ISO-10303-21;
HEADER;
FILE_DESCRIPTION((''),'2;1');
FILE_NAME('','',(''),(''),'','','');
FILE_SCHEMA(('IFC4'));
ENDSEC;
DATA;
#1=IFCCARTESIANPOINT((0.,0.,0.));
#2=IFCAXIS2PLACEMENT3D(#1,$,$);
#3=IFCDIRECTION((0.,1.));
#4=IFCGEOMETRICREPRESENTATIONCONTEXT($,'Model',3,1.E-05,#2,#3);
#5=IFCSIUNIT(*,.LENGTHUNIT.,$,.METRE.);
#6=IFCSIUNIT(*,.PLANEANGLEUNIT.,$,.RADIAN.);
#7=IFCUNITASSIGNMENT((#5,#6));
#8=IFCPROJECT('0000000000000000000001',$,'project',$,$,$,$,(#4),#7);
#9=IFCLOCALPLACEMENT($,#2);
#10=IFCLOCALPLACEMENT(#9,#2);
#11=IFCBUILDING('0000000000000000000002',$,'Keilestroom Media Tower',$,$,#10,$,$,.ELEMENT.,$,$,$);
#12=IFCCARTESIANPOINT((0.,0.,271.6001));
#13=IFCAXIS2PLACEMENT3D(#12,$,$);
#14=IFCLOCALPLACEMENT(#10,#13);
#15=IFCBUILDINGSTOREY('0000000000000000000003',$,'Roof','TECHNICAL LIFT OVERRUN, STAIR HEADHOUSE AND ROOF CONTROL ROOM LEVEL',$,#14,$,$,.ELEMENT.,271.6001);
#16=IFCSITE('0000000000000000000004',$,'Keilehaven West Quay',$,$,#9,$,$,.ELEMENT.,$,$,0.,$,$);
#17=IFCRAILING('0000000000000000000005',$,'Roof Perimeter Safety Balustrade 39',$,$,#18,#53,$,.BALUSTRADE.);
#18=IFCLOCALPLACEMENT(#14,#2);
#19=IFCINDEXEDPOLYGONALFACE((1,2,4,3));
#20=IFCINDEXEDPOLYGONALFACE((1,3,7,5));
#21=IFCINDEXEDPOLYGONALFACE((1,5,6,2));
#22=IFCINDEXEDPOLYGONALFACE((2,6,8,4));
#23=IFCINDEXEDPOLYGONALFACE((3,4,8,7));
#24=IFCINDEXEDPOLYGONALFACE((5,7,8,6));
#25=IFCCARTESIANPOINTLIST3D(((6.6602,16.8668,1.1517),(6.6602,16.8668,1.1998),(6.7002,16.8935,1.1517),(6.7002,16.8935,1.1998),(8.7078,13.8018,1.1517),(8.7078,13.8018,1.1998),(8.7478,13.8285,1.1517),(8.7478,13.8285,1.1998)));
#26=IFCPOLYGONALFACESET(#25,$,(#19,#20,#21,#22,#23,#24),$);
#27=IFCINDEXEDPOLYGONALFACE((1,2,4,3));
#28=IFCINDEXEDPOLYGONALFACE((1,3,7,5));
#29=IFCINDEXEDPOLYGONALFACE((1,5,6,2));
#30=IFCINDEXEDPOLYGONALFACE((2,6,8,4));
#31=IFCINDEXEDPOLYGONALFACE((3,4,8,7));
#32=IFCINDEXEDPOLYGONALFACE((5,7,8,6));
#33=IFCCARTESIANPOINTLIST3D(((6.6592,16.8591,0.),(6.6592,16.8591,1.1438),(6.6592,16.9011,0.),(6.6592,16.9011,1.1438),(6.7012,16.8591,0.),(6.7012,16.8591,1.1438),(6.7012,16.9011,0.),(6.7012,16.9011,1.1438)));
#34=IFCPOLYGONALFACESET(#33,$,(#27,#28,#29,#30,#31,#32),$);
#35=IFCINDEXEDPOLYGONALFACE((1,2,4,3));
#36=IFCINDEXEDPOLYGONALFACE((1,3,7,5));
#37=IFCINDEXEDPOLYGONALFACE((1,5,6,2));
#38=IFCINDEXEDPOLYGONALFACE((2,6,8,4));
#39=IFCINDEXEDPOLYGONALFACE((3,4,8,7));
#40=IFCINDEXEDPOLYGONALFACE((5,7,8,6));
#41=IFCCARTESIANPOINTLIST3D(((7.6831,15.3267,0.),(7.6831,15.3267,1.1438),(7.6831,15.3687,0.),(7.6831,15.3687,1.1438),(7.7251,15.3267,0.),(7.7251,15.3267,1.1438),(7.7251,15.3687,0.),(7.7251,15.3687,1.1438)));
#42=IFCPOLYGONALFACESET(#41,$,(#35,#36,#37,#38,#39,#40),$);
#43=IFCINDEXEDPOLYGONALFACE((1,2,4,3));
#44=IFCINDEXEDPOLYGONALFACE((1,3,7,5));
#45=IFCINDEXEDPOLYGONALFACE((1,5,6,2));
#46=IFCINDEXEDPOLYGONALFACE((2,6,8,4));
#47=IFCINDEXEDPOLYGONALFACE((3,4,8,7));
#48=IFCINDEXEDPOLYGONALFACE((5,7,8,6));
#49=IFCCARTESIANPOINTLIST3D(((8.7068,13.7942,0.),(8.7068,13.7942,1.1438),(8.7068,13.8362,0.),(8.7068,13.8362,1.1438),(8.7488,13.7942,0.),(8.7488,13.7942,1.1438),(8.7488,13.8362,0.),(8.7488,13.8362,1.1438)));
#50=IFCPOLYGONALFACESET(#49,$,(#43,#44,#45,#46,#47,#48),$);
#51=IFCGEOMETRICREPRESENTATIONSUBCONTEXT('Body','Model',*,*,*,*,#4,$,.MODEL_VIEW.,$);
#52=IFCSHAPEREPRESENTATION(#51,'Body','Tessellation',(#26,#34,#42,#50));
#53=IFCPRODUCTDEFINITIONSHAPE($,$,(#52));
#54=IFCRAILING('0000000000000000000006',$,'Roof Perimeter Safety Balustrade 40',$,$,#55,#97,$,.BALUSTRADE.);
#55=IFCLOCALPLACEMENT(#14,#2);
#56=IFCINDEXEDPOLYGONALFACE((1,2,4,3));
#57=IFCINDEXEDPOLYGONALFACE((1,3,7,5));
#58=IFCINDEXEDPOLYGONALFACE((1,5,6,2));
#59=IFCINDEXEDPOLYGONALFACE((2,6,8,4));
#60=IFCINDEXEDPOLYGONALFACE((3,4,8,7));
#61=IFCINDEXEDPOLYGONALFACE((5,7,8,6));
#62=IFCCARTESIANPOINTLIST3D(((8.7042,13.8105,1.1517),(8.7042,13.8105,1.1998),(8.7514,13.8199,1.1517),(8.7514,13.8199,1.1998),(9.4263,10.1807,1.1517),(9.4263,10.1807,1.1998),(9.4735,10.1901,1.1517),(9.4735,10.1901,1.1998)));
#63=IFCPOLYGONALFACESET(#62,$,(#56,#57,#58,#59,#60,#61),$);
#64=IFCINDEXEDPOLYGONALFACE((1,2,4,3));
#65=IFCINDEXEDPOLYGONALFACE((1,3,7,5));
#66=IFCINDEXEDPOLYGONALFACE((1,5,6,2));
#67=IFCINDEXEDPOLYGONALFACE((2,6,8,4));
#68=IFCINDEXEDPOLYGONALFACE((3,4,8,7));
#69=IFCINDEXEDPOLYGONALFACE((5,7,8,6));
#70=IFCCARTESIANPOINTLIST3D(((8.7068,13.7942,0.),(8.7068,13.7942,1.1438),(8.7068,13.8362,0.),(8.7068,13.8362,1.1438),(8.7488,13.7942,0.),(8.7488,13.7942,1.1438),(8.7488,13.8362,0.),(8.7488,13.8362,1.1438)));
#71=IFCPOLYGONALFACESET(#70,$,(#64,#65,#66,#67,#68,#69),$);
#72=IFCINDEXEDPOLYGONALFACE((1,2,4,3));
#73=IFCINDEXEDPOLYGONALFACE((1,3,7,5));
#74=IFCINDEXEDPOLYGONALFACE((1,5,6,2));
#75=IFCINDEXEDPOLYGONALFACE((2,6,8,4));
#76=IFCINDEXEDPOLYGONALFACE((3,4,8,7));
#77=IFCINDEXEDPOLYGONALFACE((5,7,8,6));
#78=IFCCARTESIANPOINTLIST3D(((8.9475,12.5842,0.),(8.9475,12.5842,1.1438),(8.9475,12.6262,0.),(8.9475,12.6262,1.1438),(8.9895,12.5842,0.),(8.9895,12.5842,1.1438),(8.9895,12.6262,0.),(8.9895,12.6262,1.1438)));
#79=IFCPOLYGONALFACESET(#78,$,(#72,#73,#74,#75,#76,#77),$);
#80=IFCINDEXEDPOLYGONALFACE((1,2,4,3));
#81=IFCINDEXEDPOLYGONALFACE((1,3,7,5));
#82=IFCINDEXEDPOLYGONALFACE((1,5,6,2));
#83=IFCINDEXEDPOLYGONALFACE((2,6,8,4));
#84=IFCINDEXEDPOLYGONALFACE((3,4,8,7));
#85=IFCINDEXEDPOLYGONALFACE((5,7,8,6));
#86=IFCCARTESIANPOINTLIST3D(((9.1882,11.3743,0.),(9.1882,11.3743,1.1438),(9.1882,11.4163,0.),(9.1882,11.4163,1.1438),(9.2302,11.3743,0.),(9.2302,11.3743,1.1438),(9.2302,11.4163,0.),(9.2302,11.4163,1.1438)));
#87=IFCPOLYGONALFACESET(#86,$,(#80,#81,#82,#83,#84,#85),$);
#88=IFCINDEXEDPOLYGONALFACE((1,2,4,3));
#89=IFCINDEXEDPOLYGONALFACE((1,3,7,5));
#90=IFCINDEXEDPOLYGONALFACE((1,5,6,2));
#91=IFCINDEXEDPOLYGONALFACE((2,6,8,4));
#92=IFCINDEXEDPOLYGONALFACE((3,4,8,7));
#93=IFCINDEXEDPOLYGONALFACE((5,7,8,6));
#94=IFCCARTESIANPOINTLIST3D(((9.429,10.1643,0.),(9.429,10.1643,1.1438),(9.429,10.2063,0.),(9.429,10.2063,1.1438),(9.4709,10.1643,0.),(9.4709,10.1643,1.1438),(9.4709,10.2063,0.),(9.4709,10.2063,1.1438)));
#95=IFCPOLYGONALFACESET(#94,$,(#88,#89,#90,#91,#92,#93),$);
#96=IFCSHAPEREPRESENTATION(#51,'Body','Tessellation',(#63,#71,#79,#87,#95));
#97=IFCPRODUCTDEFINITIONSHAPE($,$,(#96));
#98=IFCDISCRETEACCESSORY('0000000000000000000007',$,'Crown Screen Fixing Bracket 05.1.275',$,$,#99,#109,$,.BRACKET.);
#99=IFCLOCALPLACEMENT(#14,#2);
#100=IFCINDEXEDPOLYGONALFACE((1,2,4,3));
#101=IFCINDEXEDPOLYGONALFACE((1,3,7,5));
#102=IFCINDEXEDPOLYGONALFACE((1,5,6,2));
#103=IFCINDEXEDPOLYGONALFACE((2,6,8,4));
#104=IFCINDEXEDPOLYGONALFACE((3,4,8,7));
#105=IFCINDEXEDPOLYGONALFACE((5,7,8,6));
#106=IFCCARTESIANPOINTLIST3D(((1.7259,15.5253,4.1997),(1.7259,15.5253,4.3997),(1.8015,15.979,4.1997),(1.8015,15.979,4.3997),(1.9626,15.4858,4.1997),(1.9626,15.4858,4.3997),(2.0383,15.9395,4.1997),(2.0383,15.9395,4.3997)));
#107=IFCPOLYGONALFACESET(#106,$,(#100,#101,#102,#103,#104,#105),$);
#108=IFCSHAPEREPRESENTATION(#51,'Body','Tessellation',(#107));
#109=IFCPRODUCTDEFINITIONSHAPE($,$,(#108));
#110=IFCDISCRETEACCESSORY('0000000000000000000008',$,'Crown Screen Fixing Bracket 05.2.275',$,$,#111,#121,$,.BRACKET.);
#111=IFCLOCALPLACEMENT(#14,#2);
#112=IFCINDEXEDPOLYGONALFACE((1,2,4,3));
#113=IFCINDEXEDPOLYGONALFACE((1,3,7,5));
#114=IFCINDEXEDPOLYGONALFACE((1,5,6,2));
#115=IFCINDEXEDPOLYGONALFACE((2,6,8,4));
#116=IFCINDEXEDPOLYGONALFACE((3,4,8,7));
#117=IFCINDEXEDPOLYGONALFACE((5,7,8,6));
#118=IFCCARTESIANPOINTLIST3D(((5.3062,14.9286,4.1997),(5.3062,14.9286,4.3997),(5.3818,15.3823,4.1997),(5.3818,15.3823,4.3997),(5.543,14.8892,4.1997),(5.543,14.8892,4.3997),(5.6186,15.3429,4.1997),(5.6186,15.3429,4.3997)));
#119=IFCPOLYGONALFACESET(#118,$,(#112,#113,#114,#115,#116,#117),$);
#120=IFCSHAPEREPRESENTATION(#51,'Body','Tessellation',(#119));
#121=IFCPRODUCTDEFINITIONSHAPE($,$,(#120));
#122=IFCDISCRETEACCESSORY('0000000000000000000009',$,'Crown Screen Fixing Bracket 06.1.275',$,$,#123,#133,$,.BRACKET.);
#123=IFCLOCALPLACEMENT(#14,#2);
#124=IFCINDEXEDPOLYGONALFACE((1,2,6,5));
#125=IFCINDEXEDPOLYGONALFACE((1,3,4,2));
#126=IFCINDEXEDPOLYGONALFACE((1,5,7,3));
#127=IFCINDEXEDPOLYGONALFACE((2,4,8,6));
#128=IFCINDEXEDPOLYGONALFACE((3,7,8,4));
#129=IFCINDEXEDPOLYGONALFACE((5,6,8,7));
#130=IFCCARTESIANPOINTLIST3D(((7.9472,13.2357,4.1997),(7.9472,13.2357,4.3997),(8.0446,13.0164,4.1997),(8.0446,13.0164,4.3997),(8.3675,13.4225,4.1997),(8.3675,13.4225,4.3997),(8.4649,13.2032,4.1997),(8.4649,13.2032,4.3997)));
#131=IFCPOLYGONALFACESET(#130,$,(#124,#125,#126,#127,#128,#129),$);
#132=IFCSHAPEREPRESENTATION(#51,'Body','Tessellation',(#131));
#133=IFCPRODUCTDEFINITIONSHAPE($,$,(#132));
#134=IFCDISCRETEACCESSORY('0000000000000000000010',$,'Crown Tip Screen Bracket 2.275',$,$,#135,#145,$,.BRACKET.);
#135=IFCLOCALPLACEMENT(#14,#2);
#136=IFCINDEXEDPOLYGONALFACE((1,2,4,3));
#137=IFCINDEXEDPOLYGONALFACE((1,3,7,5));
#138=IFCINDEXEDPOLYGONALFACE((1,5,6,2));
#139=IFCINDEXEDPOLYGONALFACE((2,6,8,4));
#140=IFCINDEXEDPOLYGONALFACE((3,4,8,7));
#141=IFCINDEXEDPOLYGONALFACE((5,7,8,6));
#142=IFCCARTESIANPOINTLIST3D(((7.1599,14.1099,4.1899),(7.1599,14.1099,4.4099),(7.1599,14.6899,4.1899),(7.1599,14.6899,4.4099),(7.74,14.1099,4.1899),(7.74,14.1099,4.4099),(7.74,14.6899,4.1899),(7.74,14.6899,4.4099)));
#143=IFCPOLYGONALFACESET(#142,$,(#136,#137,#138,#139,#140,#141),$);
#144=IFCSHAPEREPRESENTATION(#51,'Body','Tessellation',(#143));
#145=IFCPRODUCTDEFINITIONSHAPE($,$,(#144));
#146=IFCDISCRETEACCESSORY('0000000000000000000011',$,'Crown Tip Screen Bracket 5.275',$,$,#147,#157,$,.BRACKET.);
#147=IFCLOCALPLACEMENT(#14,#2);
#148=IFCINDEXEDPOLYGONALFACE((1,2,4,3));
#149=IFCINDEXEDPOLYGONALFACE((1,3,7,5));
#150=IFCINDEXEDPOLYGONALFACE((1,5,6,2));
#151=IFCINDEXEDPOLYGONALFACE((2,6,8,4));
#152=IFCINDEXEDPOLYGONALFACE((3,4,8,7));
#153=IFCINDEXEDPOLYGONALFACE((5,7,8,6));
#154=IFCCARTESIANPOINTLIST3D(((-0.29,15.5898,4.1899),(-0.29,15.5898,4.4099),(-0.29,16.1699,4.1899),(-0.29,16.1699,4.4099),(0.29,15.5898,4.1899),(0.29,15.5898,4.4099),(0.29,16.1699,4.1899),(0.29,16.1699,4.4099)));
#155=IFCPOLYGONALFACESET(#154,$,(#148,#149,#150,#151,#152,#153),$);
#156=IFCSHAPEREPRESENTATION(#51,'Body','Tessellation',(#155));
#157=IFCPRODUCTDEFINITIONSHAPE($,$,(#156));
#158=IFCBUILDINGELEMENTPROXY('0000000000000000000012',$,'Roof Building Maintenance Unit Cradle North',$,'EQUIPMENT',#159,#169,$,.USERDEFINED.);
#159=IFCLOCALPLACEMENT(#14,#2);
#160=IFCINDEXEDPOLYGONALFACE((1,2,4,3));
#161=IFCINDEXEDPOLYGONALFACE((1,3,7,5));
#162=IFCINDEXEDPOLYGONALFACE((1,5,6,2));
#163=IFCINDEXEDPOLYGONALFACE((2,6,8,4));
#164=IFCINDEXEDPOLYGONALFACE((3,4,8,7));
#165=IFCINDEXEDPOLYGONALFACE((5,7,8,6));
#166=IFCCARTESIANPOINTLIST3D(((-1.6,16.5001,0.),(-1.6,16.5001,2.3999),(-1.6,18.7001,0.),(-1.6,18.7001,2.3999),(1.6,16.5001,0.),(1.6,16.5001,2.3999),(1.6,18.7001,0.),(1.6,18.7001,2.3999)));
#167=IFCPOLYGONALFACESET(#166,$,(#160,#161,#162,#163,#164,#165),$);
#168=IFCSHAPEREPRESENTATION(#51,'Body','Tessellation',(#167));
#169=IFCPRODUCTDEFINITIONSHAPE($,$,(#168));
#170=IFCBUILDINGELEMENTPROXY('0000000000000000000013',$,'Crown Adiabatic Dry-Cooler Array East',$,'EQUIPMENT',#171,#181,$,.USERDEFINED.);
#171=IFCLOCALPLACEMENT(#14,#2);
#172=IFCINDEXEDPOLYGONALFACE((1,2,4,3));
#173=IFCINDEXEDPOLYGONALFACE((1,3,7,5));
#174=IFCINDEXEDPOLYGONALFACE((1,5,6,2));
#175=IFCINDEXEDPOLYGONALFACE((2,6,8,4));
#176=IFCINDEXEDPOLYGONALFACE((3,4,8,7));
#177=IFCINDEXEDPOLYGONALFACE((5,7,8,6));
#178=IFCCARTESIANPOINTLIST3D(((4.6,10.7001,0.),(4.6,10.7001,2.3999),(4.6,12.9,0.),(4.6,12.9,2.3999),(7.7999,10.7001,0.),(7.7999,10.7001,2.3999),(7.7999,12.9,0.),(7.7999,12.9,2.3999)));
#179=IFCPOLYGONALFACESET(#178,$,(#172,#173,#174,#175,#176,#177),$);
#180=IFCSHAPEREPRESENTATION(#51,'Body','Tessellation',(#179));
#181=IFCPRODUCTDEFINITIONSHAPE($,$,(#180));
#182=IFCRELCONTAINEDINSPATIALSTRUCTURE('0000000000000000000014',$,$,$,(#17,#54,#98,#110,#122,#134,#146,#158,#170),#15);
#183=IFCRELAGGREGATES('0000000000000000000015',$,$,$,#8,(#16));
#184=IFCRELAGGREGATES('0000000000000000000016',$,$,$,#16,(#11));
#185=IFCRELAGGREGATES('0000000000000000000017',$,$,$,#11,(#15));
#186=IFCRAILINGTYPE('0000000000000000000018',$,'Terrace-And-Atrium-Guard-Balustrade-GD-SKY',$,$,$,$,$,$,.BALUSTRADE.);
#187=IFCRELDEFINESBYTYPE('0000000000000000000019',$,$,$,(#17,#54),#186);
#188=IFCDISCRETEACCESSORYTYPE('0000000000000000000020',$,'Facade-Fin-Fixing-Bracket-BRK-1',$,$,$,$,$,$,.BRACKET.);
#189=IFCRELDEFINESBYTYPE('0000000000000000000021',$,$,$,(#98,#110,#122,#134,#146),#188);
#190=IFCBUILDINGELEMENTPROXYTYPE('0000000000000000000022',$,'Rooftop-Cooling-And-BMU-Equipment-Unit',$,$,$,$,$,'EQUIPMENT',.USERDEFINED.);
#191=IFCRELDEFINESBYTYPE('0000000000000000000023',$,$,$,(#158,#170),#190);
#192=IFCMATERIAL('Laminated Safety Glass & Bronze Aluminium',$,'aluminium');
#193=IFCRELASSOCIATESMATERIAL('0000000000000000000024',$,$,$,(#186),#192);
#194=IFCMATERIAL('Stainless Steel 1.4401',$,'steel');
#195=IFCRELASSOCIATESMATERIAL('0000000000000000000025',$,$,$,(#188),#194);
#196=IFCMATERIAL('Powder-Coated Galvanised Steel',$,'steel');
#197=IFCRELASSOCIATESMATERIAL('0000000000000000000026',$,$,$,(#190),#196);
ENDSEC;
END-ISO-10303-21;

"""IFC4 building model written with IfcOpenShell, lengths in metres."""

from ifc_helpers import new_model, si_unit, direction, frame, origin, origin_2d, place, context, subcontext, project, spatial, rectangle, extrude, source, transform, mapped, material, type_object, element, save


model = new_model("IFC4")

# Units and contexts
model_context = context("Model", 3, precision=1e-05, world=origin(), true_north=direction((0.0, 1.0)))
body_context = subcontext(model_context, "Body", "Model", "MODEL_VIEW")
ifc_project = project(units=[si_unit("LENGTHUNIT", "METRE"), si_unit("PLANEANGLEUNIT", "RADIAN")], contexts=[model_context])

# Site, building, storey
site_placement = place(None, origin())
site = spatial("IfcSite", under=ifc_project, at=site_placement, Name="Keilehaven West Quay", CompositionType="ELEMENT", RefElevation=0.0)
building_placement = place(site_placement, origin())
building = spatial("IfcBuilding", under=site, at=building_placement, Name="Keilestroom Media Tower", CompositionType="ELEMENT")
storey_placement = place(building_placement, frame((0.0, 0.0, 271.6001)))
storey = spatial("IfcBuildingStorey", under=building, at=storey_placement, Name="Roof", Description="TECHNICAL LIFT OVERRUN, STAIR HEADHOUSE AND ROOF CONTROL ROOM LEVEL", CompositionType="ELEMENT", Elevation=271.6001)

# Railings
ifc_material_1 = material(Name="Laminated Safety Glass & Bronze Aluminium", Category="aluminium")
railing_type = type_object("IfcRailingType", Name="Terrace-And-Atrium-Guard-Balustrade-GD-SKY", PredefinedType="BALUSTRADE", material=ifc_material_1)
railing_1_placement = place(storey_placement, frame((6.6802, 16.8801, 0.0)))
element("IfcRailing", 1, at=railing_1_placement, inside=storey, type_object=railing_type, Name="Roof Perimeter Safety Balustrade 39", PredefinedType="BALUSTRADE", context=body_context, shape_type="SweptSolid", body=[
    extrude(rectangle(XDim=0.0481, YDim=0.0481, at=origin_2d()), frame((0.0, 0.0, 1.1758), z_axis=(0.55551, -0.83151, 0.0), x_axis=(0.83151, 0.55551, 0.0)), (0.0, 0.0, 1.0), 3.686),
    extrude(rectangle(XDim=0.042, YDim=0.042, at=origin_2d()), origin(), (0.0, 0.0, 1.0), 1.1438),
    extrude(rectangle(XDim=0.042, YDim=0.042, at=origin_2d()), frame((1.0239, -1.5325, 0.0)), (0.0, 0.0, 1.0), 1.1438),
    extrude(rectangle(XDim=0.042, YDim=0.042, at=origin_2d()), frame((2.0476, -3.0649, 0.0)), (0.0, 0.0, 1.0), 1.1438),
])
railing_2_placement = place(storey_placement, frame((8.7278, 13.8152, 0.0)))
element("IfcRailing", 2, at=railing_2_placement, inside=storey, type_object=railing_type, Name="Roof Perimeter Safety Balustrade 40", PredefinedType="BALUSTRADE", context=body_context, shape_type="SweptSolid", body=[
    extrude(rectangle(XDim=0.0481, YDim=0.0481, at=origin_2d()), frame((0.0, 0.0, 1.1758), z_axis=(0.195127, -0.980778, 0.0), x_axis=(0.980778, 0.195127, 0.0)), (0.0, 0.0, 1.0), 3.7009),
    extrude(rectangle(XDim=0.042, YDim=0.042, at=origin_2d()), origin(), (0.0, 0.0, 1.0), 1.1438),
    extrude(rectangle(XDim=0.042, YDim=0.042, at=origin_2d()), frame((0.2407, -1.21, 0.0)), (0.0, 0.0, 1.0), 1.1438),
    extrude(rectangle(XDim=0.042, YDim=0.042, at=origin_2d()), frame((0.4814, -2.4199, 0.0)), (0.0, 0.0, 1.0), 1.1438),
    extrude(rectangle(XDim=0.042, YDim=0.042, at=origin_2d()), frame((0.7222, -3.6299, 0.0)), (0.0, 0.0, 1.0), 1.1438),
])

# Discrete accessories
ifc_material_2 = material(Name="Stainless Steel 1.4401", Category="steel")
discrete_accessory_type = type_object("IfcDiscreteAccessoryType", Name="Facade-Fin-Fixing-Bracket-BRK-1", PredefinedType="BRACKET", material=ifc_material_2)
shared_shape_1 = source(origin(), body_context, "Body", "SweptSolid", [
    extrude(rectangle(XDim=0.24, YDim=0.46, at=origin_2d()), origin(), (0.0, 0.0, 1.0), 0.2),
])
for number, where, z_axis, x_axis, name in (
    (3, (1.8821, 15.7324, 4.1997), (0.0, 0.0, 1.0), (0.986394, -0.164399, 0.0), "Crown Screen Fixing Bracket 05.1.275"),
    (4, (5.4624, 15.1357, 4.1997), (0.0, 0.0, 1.0), (0.986394, -0.164399, 0.0), "Crown Screen Fixing Bracket 05.2.275"),
    (5, (8.2061, 13.2195, 4.1997), (0.0, 0.0, 1.0), (0.406139, -0.913811, 0.0), "Crown Screen Fixing Bracket 06.1.275"),
):
    element("IfcDiscreteAccessory", number, at=place(storey_placement, frame(where, z_axis=z_axis, x_axis=x_axis)), inside=storey, type_object=discrete_accessory_type, Name=name, PredefinedType="BRACKET", context=body_context, shape_type="MappedRepresentation", body=[
        mapped(shared_shape_1, transform((0.0, 0.0, 0.0), x_axis=(1.0, 0.0, 0.0), y_axis=(0.0, 1.0, 0.0), z_axis=(0.0, 0.0, 1.0), scale=1.0)),
    ])
shared_shape_2 = source(origin(), body_context, "Body", "SweptSolid", [
    extrude(rectangle(XDim=0.5801, YDim=0.5801, at=origin_2d()), origin(), (0.0, 0.0, 1.0), 0.22),
])
for number, where, z_axis, x_axis, name in (
    (6, (7.45, 14.3999, 4.1899), (0.0, 0.0, 1.0), (1.0, 0.0, 0.0), "Crown Tip Screen Bracket 2.275"),
    (7, (0.0, 15.8799, 4.1899), (0.0, 0.0, 1.0), (1.0, 0.0, 0.0), "Crown Tip Screen Bracket 5.275"),
):
    element("IfcDiscreteAccessory", number, at=place(storey_placement, frame(where, z_axis=z_axis, x_axis=x_axis)), inside=storey, type_object=discrete_accessory_type, Name=name, PredefinedType="BRACKET", context=body_context, shape_type="MappedRepresentation", body=[
        mapped(shared_shape_2, transform((0.0, 0.0, 0.0), x_axis=(1.0, 0.0, 0.0), y_axis=(0.0, 1.0, 0.0), z_axis=(0.0, 0.0, 1.0), scale=1.0)),
    ])

# Building element proxies
ifc_material_3 = material(Name="Powder-Coated Galvanised Steel", Category="steel")
building_element_proxy_type = type_object("IfcBuildingElementProxyType", Name="Rooftop-Cooling-And-BMU-Equipment-Unit", ElementType="EQUIPMENT", PredefinedType="USERDEFINED", material=ifc_material_3)
shared_shape_3 = source(origin(), body_context, "Body", "SweptSolid", [
    extrude(rectangle(XDim=3.2, YDim=2.2, at=origin_2d()), origin(), (0.0, 0.0, 1.0), 2.3999),
])
for number, where, z_axis, x_axis, name in (
    (8, (0.0, 17.6001, 0.0), (0.0, 0.0, 1.0), (1.0, 0.0, 0.0), "Roof Building Maintenance Unit Cradle North"),
    (9, (6.2, 11.8, 0.0), (0.0, 0.0, 1.0), (1.0, 0.0, 0.0), "Crown Adiabatic Dry-Cooler Array East"),
):
    element("IfcBuildingElementProxy", number, at=place(storey_placement, frame(where, z_axis=z_axis, x_axis=x_axis)), inside=storey, type_object=building_element_proxy_type, Name=name, ObjectType="EQUIPMENT", PredefinedType="USERDEFINED", context=body_context, shape_type="MappedRepresentation", body=[
        mapped(shared_shape_3, transform((0.0, 0.0, 0.0), x_axis=(1.0, 0.0, 0.0), y_axis=(0.0, 1.0, 0.0), z_axis=(0.0, 0.0, 1.0), scale=1.0)),
    ])

save(model, "model.ifc")
